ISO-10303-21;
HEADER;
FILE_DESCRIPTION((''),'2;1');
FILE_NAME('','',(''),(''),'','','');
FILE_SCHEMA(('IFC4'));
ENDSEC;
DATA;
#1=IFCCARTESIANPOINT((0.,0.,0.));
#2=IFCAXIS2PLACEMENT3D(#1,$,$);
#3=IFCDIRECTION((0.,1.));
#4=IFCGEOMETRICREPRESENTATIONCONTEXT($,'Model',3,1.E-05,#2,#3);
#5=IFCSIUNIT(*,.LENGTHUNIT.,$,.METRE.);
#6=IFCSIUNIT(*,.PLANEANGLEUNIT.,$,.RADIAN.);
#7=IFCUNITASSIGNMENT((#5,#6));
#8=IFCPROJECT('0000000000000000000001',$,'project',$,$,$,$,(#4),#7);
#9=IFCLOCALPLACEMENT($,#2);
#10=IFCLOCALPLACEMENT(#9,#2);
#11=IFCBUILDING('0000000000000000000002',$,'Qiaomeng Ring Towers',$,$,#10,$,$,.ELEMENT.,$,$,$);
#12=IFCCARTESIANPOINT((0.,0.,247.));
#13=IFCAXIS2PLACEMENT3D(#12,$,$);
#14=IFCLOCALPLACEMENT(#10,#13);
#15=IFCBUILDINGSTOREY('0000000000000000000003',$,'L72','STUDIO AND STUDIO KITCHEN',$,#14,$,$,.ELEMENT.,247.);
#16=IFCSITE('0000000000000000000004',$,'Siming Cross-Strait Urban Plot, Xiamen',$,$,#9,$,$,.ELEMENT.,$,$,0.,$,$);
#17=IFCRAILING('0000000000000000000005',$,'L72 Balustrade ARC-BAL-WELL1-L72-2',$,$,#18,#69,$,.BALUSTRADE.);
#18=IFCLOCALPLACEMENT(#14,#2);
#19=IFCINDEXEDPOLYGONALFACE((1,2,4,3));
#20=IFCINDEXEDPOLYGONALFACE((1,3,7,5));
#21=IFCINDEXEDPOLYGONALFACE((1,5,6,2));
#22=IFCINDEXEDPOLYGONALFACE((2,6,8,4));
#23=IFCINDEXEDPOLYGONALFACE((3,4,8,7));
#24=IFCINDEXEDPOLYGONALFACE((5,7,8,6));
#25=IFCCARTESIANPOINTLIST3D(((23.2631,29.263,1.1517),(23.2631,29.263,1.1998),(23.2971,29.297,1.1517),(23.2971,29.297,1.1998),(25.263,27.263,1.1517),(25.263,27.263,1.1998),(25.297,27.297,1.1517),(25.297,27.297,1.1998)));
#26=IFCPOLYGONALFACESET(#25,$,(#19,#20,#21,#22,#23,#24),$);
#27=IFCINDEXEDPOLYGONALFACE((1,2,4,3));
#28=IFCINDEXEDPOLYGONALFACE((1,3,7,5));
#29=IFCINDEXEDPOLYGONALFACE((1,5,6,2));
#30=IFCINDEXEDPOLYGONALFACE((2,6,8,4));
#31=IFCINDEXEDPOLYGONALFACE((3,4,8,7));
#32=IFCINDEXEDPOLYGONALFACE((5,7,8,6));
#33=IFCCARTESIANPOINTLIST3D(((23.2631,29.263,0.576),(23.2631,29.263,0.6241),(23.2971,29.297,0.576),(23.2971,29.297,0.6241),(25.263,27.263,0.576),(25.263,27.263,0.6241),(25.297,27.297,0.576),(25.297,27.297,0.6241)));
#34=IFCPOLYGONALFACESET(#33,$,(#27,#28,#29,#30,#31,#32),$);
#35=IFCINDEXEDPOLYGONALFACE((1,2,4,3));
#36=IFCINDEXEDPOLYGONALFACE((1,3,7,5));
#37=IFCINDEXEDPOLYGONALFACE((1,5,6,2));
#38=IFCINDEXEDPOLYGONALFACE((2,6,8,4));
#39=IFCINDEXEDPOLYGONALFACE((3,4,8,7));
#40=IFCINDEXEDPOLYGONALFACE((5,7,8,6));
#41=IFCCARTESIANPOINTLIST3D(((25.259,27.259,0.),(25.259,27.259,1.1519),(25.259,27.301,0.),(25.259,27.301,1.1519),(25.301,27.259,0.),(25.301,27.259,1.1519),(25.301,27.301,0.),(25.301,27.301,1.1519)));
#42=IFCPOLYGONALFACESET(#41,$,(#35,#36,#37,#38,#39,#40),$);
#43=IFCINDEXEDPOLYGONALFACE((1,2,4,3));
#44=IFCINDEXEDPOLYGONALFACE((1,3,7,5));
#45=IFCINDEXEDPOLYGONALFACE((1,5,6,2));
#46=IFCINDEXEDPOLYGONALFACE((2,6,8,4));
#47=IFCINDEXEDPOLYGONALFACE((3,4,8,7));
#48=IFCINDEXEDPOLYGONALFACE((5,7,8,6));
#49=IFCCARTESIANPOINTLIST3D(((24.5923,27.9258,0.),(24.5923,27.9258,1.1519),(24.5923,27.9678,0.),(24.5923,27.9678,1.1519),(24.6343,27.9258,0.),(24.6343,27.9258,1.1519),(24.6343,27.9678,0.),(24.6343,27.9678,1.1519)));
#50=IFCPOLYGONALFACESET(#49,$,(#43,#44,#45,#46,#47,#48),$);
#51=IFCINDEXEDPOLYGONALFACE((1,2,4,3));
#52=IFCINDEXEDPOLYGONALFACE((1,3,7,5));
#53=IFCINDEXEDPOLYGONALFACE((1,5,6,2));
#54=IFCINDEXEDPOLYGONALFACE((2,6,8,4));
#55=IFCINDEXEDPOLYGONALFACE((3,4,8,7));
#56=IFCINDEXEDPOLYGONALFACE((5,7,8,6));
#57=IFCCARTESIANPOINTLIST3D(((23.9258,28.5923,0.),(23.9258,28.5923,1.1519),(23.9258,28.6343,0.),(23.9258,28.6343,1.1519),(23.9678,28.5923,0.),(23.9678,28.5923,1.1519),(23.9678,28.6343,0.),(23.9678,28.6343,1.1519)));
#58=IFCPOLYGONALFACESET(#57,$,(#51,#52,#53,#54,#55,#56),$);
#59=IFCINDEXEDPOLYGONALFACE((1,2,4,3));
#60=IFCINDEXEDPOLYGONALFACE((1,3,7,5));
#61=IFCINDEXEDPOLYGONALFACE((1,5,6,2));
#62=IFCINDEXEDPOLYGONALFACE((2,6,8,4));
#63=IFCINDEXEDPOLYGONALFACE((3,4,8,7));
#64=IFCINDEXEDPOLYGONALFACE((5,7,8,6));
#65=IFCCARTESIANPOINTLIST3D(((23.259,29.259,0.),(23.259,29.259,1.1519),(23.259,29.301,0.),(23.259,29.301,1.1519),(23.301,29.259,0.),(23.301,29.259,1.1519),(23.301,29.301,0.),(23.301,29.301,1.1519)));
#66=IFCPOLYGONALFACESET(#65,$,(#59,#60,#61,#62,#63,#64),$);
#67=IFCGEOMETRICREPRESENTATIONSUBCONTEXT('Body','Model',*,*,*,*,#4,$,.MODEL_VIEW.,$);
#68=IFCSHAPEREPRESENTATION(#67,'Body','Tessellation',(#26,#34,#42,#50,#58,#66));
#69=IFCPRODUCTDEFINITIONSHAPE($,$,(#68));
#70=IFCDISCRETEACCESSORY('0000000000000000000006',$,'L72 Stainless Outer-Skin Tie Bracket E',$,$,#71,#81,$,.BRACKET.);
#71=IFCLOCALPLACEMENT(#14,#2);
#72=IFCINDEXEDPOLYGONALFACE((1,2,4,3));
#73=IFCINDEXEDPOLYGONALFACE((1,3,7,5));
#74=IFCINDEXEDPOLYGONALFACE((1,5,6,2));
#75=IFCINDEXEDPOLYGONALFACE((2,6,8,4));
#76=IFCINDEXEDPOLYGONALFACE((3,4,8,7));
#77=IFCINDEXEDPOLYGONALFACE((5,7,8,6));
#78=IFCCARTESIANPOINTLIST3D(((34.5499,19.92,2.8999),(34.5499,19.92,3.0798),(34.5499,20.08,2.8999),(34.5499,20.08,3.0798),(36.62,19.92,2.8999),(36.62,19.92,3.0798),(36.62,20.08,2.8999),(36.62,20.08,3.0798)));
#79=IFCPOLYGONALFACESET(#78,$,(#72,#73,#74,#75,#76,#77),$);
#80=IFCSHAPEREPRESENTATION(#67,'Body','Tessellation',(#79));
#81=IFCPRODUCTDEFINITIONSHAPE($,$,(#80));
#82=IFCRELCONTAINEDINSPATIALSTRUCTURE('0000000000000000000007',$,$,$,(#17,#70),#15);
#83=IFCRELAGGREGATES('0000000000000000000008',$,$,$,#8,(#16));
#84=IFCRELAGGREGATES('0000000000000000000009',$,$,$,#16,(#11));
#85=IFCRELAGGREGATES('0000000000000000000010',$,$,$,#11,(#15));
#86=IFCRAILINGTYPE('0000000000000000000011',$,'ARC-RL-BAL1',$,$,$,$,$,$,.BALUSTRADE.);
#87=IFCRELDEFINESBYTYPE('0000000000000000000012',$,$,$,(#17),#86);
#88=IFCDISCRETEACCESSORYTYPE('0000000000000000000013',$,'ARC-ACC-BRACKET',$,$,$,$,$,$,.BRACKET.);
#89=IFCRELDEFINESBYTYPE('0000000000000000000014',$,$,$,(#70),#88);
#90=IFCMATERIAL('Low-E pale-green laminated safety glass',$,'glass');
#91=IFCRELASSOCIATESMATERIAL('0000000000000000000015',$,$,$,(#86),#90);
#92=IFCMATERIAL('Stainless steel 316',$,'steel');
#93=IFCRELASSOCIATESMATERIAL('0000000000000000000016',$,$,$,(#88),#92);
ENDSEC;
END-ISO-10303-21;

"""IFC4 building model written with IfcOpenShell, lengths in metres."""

from ifc_helpers import new_model, si_unit, direction, frame, origin, origin_2d, place, context, subcontext, project, spatial, rectangle, extrude, source, transform, mapped, material, type_object, element, save


model = new_model("IFC4")

# Units and contexts
model_context = context("Model", 3, precision=1e-05, world=origin(), true_north=direction((0.0, 1.0)))
body_context = subcontext(model_context, "Body", "Model", "MODEL_VIEW")
ifc_project = project(units=[si_unit("LENGTHUNIT", "METRE"), si_unit("PLANEANGLEUNIT", "RADIAN")], contexts=[model_context])

# Site, building, storey
site_placement = place(None, origin())
site = spatial("IfcSite", under=ifc_project, at=site_placement, Name="Siming Cross-Strait Urban Plot, Xiamen", CompositionType="ELEMENT", RefElevation=0.0)
building_placement = place(site_placement, origin())
building = spatial("IfcBuilding", under=site, at=building_placement, Name="Qiaomeng Ring Towers", CompositionType="ELEMENT")
storey_placement = place(building_placement, frame((0.0, 0.0, 247.0)))
storey = spatial("IfcBuildingStorey", under=building, at=storey_placement, Name="L72", Description="STUDIO AND STUDIO KITCHEN", CompositionType="ELEMENT", Elevation=247.0)

# Shared definitions
ifc_material_1 = material(Name="Stainless steel 316", Category="steel")

# Railing
ifc_material_2 = material(Name="Low-E pale-green laminated safety glass", Category="glass")
railing_type = type_object("IfcRailingType", Name="ARC-RL-BAL1", PredefinedType="BALUSTRADE", material=ifc_material_2)
railing_placement = place(storey_placement, frame((25.28, 27.28, 0.0)))
element("IfcRailing", 1, at=railing_placement, inside=storey, type_object=railing_type, Name="L72 Balustrade ARC-BAL-WELL1-L72-2", PredefinedType="BALUSTRADE", context=body_context, shape_type="SweptSolid", body=[
    extrude(rectangle(XDim=0.0481, YDim=0.0481, at=origin_2d()), frame((0.0, 0.0, 1.1758), z_axis=(-0.707107, 0.707107, 0.0), x_axis=(-0.707107, -0.707107, 0.0)), (0.0, 0.0, 1.0), 2.8284),
    extrude(rectangle(XDim=0.0481, YDim=0.0481, at=origin_2d()), frame((0.0, 0.0, 0.6001), z_axis=(-0.707107, 0.707107, 0.0), x_axis=(-0.707107, -0.707107, 0.0)), (0.0, 0.0, 1.0), 2.8284),
    extrude(rectangle(XDim=0.042, YDim=0.042, at=origin_2d()), origin(), (0.0, 0.0, 1.0), 1.1519),
    extrude(rectangle(XDim=0.042, YDim=0.042, at=origin_2d()), frame((-0.6667, 0.6667, 0.0)), (0.0, 0.0, 1.0), 1.1519),
    extrude(rectangle(XDim=0.042, YDim=0.042, at=origin_2d()), frame((-1.3333, 1.3333, 0.0)), (0.0, 0.0, 1.0), 1.1519),
    extrude(rectangle(XDim=0.042, YDim=0.042, at=origin_2d()), frame((-2.0, 2.0, 0.0)), (0.0, 0.0, 1.0), 1.1519),
])

# Discrete accessory
discrete_accessory_type = type_object("IfcDiscreteAccessoryType", Name="ARC-ACC-BRACKET", PredefinedType="BRACKET", material=ifc_material_1)
shared_shape_1 = source(origin(), body_context, "Body", "SweptSolid", [
    extrude(rectangle(XDim=2.0701, YDim=0.1599, at=origin_2d()), origin(), (0.0, 0.0, 1.0), 0.1799),
])
discrete_accessory_placement = place(storey_placement, frame((35.585, 20.0, 2.8999), z_axis=(0.0, 0.0, 1.0), x_axis=(1.0, 0.0, 0.0)))
element("IfcDiscreteAccessory", 2, at=discrete_accessory_placement, inside=storey, type_object=discrete_accessory_type, Name="L72 Stainless Outer-Skin Tie Bracket E", PredefinedType="BRACKET", context=body_context, shape_type="MappedRepresentation", body=[
    mapped(shared_shape_1, transform((0.0, 0.0, 0.0), x_axis=(1.0, 0.0, 0.0), y_axis=(0.0, 1.0, 0.0), z_axis=(0.0, 0.0, 1.0), scale=1.0)),
])

save(model, "model.ifc")
